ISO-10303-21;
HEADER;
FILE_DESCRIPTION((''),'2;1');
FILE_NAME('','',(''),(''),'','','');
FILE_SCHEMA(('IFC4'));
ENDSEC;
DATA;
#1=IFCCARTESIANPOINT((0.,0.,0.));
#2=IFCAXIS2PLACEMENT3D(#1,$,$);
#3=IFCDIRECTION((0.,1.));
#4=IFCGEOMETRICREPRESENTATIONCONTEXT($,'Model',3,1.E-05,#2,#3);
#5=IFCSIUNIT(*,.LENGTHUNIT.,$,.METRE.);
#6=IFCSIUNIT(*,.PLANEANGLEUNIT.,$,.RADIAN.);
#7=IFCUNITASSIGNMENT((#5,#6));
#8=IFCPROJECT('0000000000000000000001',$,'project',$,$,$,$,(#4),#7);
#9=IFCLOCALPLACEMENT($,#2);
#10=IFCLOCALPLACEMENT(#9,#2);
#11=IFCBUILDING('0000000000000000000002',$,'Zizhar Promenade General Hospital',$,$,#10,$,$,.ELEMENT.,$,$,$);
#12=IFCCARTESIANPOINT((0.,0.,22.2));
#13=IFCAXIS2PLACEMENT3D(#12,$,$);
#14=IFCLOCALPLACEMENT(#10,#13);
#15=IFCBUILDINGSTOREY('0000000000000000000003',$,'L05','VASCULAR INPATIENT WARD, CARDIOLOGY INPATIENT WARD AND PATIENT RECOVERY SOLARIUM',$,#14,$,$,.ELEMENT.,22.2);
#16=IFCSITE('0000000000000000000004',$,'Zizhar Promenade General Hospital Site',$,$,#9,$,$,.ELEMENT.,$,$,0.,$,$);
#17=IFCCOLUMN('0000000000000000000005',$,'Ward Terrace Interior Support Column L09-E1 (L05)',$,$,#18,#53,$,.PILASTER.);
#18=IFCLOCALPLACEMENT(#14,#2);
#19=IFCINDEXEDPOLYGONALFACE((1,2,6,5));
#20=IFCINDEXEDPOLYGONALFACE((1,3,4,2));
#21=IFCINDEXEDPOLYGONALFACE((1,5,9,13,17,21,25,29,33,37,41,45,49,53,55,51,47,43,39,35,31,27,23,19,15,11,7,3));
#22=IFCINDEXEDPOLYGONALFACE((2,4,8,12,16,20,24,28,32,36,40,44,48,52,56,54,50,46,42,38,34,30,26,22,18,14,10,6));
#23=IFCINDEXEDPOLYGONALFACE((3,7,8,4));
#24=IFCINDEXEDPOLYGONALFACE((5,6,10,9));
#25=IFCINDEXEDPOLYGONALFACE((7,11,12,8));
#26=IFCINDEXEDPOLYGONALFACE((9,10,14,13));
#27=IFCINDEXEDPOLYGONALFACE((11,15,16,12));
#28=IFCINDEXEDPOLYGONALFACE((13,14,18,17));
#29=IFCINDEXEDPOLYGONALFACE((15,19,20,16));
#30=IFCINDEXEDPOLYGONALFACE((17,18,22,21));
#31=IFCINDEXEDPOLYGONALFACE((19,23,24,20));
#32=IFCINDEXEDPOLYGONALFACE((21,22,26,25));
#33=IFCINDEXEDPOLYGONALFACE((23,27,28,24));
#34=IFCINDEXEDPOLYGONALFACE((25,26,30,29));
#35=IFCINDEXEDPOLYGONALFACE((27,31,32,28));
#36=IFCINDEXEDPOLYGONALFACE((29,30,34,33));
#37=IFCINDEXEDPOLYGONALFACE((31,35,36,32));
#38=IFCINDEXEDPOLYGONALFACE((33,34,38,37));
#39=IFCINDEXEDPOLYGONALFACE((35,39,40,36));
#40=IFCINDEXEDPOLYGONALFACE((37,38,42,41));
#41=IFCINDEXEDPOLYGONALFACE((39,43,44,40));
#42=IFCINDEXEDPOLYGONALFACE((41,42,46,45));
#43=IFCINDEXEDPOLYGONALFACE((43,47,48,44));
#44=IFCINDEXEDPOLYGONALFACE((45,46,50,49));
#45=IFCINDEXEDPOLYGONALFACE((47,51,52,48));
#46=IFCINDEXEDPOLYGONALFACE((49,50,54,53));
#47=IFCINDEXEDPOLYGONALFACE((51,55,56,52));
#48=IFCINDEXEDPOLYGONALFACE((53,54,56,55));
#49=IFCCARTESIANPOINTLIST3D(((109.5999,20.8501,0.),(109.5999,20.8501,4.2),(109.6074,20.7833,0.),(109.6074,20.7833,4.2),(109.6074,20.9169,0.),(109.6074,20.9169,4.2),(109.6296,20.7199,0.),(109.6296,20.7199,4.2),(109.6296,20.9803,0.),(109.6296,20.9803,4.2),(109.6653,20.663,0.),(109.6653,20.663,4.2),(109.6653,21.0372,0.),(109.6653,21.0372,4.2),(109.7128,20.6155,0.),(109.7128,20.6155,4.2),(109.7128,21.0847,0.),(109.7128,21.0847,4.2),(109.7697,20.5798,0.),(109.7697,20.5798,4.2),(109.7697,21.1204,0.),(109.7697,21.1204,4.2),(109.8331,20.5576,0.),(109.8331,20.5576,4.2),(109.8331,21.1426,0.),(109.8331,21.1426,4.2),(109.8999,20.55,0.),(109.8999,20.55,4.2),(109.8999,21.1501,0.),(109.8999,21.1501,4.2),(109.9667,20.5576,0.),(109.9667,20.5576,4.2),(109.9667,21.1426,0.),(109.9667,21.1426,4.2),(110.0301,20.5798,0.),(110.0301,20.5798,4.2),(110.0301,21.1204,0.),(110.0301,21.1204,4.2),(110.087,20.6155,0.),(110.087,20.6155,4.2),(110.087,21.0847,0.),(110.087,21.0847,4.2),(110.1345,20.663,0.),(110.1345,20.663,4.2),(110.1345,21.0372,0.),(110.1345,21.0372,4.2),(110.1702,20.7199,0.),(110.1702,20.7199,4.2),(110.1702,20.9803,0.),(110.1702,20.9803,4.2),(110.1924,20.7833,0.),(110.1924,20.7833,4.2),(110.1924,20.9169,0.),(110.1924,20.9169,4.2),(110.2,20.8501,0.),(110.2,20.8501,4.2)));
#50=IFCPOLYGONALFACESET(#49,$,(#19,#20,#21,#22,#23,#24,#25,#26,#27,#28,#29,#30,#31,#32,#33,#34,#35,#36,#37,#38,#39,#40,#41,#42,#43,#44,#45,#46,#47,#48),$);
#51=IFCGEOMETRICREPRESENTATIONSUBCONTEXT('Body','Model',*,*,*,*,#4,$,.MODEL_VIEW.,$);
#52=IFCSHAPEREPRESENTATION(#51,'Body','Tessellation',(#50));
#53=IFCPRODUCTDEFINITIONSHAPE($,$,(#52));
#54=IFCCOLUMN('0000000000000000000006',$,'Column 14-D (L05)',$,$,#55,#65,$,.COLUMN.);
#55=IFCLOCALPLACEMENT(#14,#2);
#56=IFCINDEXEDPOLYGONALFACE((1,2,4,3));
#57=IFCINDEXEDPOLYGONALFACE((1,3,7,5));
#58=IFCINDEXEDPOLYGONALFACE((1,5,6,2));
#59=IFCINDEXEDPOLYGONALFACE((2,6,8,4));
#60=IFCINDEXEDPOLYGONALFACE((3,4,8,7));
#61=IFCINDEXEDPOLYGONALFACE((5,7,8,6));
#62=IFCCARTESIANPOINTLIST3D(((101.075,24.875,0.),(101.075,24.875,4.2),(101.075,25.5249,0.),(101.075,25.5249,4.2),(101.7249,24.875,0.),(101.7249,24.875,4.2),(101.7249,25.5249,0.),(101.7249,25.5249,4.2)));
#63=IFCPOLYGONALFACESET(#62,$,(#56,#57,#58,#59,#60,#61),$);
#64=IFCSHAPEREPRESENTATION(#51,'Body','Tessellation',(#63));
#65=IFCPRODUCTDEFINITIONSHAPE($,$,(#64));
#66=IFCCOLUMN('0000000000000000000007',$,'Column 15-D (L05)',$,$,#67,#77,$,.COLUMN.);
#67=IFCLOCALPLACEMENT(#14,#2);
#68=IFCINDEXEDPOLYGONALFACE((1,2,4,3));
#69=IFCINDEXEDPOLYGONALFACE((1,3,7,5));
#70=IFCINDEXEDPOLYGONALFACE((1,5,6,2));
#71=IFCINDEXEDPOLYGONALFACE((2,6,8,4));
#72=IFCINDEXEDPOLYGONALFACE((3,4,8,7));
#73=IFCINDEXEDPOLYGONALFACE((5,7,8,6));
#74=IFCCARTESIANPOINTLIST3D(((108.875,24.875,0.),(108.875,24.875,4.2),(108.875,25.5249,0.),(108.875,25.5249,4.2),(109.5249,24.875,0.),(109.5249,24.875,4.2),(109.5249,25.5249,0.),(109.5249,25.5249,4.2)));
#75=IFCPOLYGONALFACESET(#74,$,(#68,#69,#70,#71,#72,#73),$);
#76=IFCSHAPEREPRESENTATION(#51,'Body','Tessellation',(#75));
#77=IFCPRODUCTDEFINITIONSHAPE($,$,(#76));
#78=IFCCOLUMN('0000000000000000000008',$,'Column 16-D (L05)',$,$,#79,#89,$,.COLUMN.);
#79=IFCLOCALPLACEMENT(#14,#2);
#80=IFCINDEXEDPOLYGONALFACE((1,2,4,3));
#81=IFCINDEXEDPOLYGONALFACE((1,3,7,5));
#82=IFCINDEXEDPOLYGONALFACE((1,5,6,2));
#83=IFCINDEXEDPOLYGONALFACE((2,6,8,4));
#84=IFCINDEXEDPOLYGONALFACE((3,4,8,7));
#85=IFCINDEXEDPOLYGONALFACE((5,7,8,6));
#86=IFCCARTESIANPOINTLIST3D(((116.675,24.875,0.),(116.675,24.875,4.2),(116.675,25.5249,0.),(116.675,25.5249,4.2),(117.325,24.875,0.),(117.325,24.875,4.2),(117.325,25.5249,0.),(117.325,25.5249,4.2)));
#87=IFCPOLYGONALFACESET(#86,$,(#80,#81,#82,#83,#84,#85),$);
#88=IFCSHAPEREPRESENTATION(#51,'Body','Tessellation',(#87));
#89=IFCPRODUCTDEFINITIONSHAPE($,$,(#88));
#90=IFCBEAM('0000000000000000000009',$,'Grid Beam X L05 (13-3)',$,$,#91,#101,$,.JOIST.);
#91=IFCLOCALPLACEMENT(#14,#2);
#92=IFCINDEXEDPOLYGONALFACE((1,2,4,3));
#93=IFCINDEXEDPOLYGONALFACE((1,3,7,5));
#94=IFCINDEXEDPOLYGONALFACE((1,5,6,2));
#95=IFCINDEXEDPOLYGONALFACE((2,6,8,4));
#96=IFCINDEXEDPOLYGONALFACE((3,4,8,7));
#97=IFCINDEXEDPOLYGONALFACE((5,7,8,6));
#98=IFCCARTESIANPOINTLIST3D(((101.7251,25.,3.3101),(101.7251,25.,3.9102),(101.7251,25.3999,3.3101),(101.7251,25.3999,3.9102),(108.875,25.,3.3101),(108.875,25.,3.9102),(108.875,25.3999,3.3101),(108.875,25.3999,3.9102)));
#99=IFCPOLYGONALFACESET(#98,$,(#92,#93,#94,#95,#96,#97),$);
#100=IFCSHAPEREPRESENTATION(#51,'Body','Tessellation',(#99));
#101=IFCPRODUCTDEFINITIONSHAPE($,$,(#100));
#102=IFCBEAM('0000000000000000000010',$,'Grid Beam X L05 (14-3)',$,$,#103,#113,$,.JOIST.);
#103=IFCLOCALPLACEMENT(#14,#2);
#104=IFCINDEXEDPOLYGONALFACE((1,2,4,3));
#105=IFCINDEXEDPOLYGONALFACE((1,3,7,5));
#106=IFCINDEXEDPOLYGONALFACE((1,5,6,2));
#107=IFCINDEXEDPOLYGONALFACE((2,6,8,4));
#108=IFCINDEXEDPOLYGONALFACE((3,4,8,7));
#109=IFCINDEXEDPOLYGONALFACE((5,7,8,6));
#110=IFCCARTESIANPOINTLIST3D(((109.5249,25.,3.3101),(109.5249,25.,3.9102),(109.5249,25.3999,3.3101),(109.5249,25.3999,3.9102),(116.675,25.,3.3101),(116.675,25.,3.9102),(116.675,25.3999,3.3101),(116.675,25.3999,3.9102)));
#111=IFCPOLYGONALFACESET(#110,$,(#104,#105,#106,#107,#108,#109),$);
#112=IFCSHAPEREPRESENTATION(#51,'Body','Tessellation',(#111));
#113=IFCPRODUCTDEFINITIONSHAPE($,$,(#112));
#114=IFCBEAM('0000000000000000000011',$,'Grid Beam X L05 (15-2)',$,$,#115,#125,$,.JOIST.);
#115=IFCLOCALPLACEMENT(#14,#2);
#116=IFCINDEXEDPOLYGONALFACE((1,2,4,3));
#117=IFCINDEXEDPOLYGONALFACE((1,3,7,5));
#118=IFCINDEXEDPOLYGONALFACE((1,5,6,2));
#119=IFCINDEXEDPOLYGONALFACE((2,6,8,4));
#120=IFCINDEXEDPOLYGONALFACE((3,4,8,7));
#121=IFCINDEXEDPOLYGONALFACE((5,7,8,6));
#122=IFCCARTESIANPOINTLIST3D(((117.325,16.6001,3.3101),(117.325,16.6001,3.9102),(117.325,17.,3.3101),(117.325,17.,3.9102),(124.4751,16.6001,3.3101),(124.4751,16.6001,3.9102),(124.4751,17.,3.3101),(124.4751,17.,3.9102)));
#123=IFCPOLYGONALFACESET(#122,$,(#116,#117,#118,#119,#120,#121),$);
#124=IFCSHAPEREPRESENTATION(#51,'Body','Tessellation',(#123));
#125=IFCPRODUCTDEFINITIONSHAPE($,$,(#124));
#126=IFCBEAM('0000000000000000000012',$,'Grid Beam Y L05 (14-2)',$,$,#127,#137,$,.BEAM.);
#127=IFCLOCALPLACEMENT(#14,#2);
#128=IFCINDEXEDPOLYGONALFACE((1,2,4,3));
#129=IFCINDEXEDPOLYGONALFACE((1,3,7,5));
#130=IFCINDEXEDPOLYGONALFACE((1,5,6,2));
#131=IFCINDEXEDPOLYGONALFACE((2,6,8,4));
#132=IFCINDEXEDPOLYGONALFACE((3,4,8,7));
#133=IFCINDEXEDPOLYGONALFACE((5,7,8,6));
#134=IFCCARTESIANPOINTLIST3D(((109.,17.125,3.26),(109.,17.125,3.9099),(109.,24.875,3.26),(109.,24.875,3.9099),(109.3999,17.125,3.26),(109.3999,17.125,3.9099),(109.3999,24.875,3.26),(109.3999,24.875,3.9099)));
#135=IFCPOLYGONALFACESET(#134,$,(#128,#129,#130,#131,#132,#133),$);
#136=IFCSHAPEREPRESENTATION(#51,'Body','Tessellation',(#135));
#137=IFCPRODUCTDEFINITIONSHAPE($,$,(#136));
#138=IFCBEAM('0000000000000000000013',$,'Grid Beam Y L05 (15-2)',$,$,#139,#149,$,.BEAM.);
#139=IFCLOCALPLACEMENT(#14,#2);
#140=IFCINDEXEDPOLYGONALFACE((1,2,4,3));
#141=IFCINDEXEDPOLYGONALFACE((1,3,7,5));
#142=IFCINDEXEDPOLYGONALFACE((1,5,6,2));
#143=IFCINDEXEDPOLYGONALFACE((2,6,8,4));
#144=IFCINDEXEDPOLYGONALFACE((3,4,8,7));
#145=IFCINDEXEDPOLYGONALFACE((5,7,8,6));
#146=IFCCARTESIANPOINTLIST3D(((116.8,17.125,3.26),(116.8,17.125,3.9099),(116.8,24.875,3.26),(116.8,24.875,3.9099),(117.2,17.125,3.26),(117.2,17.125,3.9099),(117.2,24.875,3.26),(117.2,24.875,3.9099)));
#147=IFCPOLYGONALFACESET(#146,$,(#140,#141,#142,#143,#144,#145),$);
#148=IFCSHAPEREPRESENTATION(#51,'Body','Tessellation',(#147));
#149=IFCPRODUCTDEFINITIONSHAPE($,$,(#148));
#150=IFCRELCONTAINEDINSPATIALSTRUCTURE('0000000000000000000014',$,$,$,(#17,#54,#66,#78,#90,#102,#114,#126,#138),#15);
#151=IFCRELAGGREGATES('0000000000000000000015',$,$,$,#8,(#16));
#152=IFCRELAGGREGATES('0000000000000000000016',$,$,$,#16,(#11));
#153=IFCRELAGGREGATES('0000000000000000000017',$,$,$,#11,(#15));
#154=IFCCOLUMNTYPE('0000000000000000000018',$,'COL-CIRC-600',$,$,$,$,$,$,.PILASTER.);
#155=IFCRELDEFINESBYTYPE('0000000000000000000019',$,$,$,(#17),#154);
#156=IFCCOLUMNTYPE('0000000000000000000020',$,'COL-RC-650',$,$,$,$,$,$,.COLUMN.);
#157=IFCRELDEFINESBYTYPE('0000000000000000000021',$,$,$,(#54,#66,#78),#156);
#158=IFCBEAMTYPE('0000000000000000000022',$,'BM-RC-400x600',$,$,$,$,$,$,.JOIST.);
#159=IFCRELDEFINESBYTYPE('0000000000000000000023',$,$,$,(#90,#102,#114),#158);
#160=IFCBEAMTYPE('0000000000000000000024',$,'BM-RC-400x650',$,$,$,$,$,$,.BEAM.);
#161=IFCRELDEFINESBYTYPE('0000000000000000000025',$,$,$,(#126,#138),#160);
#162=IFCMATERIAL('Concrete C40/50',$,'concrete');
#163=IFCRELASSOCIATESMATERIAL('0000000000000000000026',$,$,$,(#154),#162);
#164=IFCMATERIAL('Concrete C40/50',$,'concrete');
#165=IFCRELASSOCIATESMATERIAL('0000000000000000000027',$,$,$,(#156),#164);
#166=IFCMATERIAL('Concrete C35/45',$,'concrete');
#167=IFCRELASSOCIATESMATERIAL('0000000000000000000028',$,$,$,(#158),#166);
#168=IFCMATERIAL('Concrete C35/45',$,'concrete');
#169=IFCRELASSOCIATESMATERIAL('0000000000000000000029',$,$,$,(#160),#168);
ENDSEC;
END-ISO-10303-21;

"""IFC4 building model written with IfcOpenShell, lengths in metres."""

from ifc_helpers import new_model, si_unit, direction, frame, origin, origin_2d, place, context, subcontext, project, spatial, rectangle, circle, extrude, material, material_profile, profile_set, type_object, element, save


model = new_model("IFC4")

# Units and contexts
model_context = context("Model", 3, precision=1e-05, world=origin(), true_north=direction((0.0, 1.0)))
body_context = subcontext(model_context, "Body", "Model", "MODEL_VIEW")
ifc_project = project(units=[si_unit("LENGTHUNIT", "METRE"), si_unit("PLANEANGLEUNIT", "RADIAN")], contexts=[model_context])

# Site, building, storey
site_placement = place(None, origin())
site = spatial("IfcSite", under=ifc_project, at=site_placement, Name="Zizhar Promenade General Hospital Site", CompositionType="ELEMENT", RefElevation=0.0)
building_placement = place(site_placement, origin())
building = spatial("IfcBuilding", under=site, at=building_placement, Name="Zizhar Promenade General Hospital", CompositionType="ELEMENT")
storey_placement = place(building_placement, frame((0.0, 0.0, 22.2)))
storey = spatial("IfcBuildingStorey", under=building, at=storey_placement, Name="L05", Description="VASCULAR INPATIENT WARD, CARDIOLOGY INPATIENT WARD AND PATIENT RECOVERY SOLARIUM", CompositionType="ELEMENT", Elevation=22.2)

# Columns
ifc_material_1 = material(Name="Concrete C40/50", Category="concrete")
ifc_material_profile_1 = material_profile(ifc_material_1, circle(Radius=0.3, at=origin_2d()))
ifc_profile_set_1 = profile_set([ifc_material_profile_1], Name="Concrete C40/50")
column_type_1 = type_object("IfcColumnType", Name="COL-CIRC-600", PredefinedType="PILASTER", material=ifc_profile_set_1)
column_placement = place(storey_placement, frame((109.8999, 20.8501, 0.0), z_axis=(0.0, 0.0, 1.0), x_axis=(1.0, 0.0, 0.0)))
element("IfcColumn", 1, at=column_placement, inside=storey, type_object=column_type_1, Name="Ward Terrace Interior Support Column L09-E1 (L05)", PredefinedType="PILASTER", context=body_context, shape_type="SweptSolid", body=[
    extrude(circle(Radius=0.3, at=origin_2d()), origin(), (0.0, 0.0, 1.0), 4.2),
])
ifc_material_2 = material(Name="Concrete C40/50", Category="concrete")
ifc_material_profile_2 = material_profile(ifc_material_2, rectangle(XDim=0.6499, YDim=0.6499, at=origin_2d()))
ifc_profile_set_2 = profile_set([ifc_material_profile_2], Name="Concrete C40/50")
column_type_2 = type_object("IfcColumnType", Name="COL-RC-650", PredefinedType="COLUMN", material=ifc_profile_set_2)
for number, where, z_axis, x_axis, name in (
    (2, (101.3999, 25.2, 0.0), (0.0, 0.0, 1.0), (1.0, 0.0, 0.0), "Column 14-D (L05)"),
    (3, (109.2, 25.2, 0.0), (0.0, 0.0, 1.0), (1.0, 0.0, 0.0), "Column 15-D (L05)"),
    (4, (117.0, 25.2, 0.0), (0.0, 0.0, 1.0), (1.0, 0.0, 0.0), "Column 16-D (L05)"),
):
    element("IfcColumn", number, at=place(storey_placement, frame(where, z_axis=z_axis, x_axis=x_axis)), inside=storey, type_object=column_type_2, Name=name, PredefinedType="COLUMN", context=body_context, shape_type="SweptSolid", body=[
        extrude(rectangle(XDim=0.6499, YDim=0.6499, at=origin_2d()), origin(), (0.0, 0.0, 1.0), 4.2),
    ])

# Beams
ifc_material_3 = material(Name="Concrete C35/45", Category="concrete")
ifc_material_profile_3 = material_profile(ifc_material_3, rectangle(XDim=0.3999, YDim=0.6001, at=origin_2d()))
ifc_profile_set_3 = profile_set([ifc_material_profile_3], Name="Concrete C35/45")
beam_type_1 = type_object("IfcBeamType", Name="BM-RC-400x600", PredefinedType="JOIST", material=ifc_profile_set_3)
beam_placement = place(storey_placement, frame((101.7251, 25.2, 3.6101), z_axis=(1.0, 0.0, 0.0), x_axis=(0.0, 1.0, 0.0)))
element("IfcBeam", 5, at=beam_placement, inside=storey, type_object=beam_type_1, Name="Grid Beam X L05 (13-3)", PredefinedType="JOIST", context=body_context, shape_type="SweptSolid", body=[
    extrude(rectangle(XDim=0.3999, YDim=0.6001, at=origin_2d()), origin(), (0.0, 0.0, 1.0), 7.1499),
])
for number, where, z_axis, x_axis, name in (
    (6, (109.5249, 25.2, 3.6101), (1.0, 0.0, 0.0), (0.0, 1.0, 0.0), "Grid Beam X L05 (14-3)"),
    (7, (117.325, 16.8, 3.6101), (1.0, 0.0, 0.0), (0.0, 1.0, 0.0), "Grid Beam X L05 (15-2)"),
):
    element("IfcBeam", number, at=place(storey_placement, frame(where, z_axis=z_axis, x_axis=x_axis)), inside=storey, type_object=beam_type_1, Name=name, PredefinedType="JOIST", context=body_context, shape_type="SweptSolid", body=[
        extrude(rectangle(XDim=0.3999, YDim=0.6001, at=origin_2d()), origin(), (0.0, 0.0, 1.0), 7.1501),
    ])
ifc_material_4 = material(Name="Concrete C35/45", Category="concrete")
ifc_material_profile_4 = material_profile(ifc_material_4, rectangle(XDim=0.3999, YDim=0.6499, at=origin_2d()))
ifc_profile_set_4 = profile_set([ifc_material_profile_4], Name="Concrete C35/45")
beam_type_2 = type_object("IfcBeamType", Name="BM-RC-400x650", PredefinedType="BEAM", material=ifc_profile_set_4)
for number, where, z_axis, x_axis, name in (
    (8, (109.2, 17.125, 3.585), (0.0, 1.0, 0.0), (-1.0, 0.0, 0.0), "Grid Beam Y L05 (14-2)"),
    (9, (117.0, 17.125, 3.585), (0.0, 1.0, 0.0), (-1.0, 0.0, 0.0), "Grid Beam Y L05 (15-2)"),
):
    element("IfcBeam", number, at=place(storey_placement, frame(where, z_axis=z_axis, x_axis=x_axis)), inside=storey, type_object=beam_type_2, Name=name, PredefinedType="BEAM", context=body_context, shape_type="SweptSolid", body=[
        extrude(rectangle(XDim=0.3999, YDim=0.6499, at=origin_2d()), origin(), (0.0, 0.0, 1.0), 7.75),
    ])

save(model, "model.ifc")
